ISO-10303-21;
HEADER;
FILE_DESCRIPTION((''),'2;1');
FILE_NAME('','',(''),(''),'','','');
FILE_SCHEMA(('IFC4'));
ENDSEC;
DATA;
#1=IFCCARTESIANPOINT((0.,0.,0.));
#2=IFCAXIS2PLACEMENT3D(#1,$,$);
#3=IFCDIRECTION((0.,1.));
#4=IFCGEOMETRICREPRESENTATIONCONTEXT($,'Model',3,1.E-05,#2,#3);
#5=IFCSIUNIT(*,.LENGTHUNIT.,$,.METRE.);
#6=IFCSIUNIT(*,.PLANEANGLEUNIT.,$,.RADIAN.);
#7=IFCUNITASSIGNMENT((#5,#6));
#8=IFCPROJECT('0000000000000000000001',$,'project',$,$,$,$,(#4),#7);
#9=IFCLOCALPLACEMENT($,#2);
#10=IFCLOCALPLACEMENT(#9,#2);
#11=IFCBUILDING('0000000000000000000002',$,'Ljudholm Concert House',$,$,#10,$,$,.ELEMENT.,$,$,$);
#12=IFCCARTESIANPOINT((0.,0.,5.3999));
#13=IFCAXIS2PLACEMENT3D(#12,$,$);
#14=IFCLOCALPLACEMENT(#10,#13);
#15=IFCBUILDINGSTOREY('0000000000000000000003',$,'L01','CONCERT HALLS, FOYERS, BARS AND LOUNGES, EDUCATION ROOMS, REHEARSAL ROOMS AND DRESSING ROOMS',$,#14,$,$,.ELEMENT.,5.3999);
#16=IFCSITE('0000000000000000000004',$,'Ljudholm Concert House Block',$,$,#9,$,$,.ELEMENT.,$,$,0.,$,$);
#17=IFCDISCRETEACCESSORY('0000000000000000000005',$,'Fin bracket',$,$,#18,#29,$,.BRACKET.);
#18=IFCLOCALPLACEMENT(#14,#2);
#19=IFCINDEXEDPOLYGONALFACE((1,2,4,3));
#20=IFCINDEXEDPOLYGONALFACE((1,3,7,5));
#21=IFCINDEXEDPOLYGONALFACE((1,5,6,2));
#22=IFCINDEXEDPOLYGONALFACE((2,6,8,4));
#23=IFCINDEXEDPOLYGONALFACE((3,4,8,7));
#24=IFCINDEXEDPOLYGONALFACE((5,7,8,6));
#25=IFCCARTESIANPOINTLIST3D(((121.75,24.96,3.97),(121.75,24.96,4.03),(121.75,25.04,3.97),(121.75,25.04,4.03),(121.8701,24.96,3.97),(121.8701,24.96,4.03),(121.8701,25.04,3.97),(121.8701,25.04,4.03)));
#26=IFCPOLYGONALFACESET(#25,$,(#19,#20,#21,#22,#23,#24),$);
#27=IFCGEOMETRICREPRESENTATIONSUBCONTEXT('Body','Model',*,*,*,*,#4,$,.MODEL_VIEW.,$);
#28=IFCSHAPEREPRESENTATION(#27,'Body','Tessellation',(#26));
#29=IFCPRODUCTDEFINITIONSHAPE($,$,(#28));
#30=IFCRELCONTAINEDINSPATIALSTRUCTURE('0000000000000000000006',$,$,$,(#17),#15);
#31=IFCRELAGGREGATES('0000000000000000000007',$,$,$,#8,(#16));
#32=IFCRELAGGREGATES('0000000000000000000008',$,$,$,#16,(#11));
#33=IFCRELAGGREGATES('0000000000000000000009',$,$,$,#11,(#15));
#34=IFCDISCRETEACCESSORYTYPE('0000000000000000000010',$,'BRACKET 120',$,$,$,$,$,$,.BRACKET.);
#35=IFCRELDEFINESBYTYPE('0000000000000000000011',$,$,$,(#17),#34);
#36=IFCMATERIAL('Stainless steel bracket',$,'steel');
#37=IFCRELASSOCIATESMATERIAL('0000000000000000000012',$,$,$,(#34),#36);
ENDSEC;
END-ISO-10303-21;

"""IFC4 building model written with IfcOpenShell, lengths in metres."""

from ifc_helpers import new_model, si_unit, direction, frame, origin, origin_2d, place, context, subcontext, project, spatial, rectangle, extrude, material, type_object, element, save


model = new_model("IFC4")

# Units and contexts
model_context = context("Model", 3, precision=1e-05, world=origin(), true_north=direction((0.0, 1.0)))
body_context = subcontext(model_context, "Body", "Model", "MODEL_VIEW")
ifc_project = project(units=[si_unit("LENGTHUNIT", "METRE"), si_unit("PLANEANGLEUNIT", "RADIAN")], contexts=[model_context])

# Site, building, storey
site_placement = place(None, origin())
site = spatial("IfcSite", under=ifc_project, at=site_placement, Name="Ljudholm Concert House Block", CompositionType="ELEMENT", RefElevation=0.0)
building_placement = place(site_placement, origin())
building = spatial("IfcBuilding", under=site, at=building_placement, Name="Ljudholm Concert House", CompositionType="ELEMENT")
storey_placement = place(building_placement, frame((0.0, 0.0, 5.3999)))
storey = spatial("IfcBuildingStorey", under=building, at=storey_placement, Name="L01", Description="CONCERT HALLS, FOYERS, BARS AND LOUNGES, EDUCATION ROOMS, REHEARSAL ROOMS AND DRESSING ROOMS", CompositionType="ELEMENT", Elevation=5.3999)

# Discrete accessory
ifc_material_1 = material(Name="Stainless steel bracket", Category="steel")
discrete_accessory_type = type_object("IfcDiscreteAccessoryType", Name="BRACKET 120", PredefinedType="BRACKET", material=ifc_material_1)
for number, where, z_axis, x_axis, name in (
    (1, (121.8101, 25.0, 3.97), (0.0, 0.0, 1.0), (1.0, 0.0, 0.0), "Fin bracket"),
):
    element("IfcDiscreteAccessory", number, at=place(storey_placement, frame(where, z_axis=z_axis, x_axis=x_axis)), inside=storey, type_object=discrete_accessory_type, Name=name, PredefinedType="BRACKET", context=body_context, shape_type="SweptSolid", body=[
        extrude(rectangle(XDim=0.1201, YDim=0.0801, at=origin_2d()), origin(), (0.0, 0.0, 1.0), 0.0601),
    ])

save(model, "model.ifc")
